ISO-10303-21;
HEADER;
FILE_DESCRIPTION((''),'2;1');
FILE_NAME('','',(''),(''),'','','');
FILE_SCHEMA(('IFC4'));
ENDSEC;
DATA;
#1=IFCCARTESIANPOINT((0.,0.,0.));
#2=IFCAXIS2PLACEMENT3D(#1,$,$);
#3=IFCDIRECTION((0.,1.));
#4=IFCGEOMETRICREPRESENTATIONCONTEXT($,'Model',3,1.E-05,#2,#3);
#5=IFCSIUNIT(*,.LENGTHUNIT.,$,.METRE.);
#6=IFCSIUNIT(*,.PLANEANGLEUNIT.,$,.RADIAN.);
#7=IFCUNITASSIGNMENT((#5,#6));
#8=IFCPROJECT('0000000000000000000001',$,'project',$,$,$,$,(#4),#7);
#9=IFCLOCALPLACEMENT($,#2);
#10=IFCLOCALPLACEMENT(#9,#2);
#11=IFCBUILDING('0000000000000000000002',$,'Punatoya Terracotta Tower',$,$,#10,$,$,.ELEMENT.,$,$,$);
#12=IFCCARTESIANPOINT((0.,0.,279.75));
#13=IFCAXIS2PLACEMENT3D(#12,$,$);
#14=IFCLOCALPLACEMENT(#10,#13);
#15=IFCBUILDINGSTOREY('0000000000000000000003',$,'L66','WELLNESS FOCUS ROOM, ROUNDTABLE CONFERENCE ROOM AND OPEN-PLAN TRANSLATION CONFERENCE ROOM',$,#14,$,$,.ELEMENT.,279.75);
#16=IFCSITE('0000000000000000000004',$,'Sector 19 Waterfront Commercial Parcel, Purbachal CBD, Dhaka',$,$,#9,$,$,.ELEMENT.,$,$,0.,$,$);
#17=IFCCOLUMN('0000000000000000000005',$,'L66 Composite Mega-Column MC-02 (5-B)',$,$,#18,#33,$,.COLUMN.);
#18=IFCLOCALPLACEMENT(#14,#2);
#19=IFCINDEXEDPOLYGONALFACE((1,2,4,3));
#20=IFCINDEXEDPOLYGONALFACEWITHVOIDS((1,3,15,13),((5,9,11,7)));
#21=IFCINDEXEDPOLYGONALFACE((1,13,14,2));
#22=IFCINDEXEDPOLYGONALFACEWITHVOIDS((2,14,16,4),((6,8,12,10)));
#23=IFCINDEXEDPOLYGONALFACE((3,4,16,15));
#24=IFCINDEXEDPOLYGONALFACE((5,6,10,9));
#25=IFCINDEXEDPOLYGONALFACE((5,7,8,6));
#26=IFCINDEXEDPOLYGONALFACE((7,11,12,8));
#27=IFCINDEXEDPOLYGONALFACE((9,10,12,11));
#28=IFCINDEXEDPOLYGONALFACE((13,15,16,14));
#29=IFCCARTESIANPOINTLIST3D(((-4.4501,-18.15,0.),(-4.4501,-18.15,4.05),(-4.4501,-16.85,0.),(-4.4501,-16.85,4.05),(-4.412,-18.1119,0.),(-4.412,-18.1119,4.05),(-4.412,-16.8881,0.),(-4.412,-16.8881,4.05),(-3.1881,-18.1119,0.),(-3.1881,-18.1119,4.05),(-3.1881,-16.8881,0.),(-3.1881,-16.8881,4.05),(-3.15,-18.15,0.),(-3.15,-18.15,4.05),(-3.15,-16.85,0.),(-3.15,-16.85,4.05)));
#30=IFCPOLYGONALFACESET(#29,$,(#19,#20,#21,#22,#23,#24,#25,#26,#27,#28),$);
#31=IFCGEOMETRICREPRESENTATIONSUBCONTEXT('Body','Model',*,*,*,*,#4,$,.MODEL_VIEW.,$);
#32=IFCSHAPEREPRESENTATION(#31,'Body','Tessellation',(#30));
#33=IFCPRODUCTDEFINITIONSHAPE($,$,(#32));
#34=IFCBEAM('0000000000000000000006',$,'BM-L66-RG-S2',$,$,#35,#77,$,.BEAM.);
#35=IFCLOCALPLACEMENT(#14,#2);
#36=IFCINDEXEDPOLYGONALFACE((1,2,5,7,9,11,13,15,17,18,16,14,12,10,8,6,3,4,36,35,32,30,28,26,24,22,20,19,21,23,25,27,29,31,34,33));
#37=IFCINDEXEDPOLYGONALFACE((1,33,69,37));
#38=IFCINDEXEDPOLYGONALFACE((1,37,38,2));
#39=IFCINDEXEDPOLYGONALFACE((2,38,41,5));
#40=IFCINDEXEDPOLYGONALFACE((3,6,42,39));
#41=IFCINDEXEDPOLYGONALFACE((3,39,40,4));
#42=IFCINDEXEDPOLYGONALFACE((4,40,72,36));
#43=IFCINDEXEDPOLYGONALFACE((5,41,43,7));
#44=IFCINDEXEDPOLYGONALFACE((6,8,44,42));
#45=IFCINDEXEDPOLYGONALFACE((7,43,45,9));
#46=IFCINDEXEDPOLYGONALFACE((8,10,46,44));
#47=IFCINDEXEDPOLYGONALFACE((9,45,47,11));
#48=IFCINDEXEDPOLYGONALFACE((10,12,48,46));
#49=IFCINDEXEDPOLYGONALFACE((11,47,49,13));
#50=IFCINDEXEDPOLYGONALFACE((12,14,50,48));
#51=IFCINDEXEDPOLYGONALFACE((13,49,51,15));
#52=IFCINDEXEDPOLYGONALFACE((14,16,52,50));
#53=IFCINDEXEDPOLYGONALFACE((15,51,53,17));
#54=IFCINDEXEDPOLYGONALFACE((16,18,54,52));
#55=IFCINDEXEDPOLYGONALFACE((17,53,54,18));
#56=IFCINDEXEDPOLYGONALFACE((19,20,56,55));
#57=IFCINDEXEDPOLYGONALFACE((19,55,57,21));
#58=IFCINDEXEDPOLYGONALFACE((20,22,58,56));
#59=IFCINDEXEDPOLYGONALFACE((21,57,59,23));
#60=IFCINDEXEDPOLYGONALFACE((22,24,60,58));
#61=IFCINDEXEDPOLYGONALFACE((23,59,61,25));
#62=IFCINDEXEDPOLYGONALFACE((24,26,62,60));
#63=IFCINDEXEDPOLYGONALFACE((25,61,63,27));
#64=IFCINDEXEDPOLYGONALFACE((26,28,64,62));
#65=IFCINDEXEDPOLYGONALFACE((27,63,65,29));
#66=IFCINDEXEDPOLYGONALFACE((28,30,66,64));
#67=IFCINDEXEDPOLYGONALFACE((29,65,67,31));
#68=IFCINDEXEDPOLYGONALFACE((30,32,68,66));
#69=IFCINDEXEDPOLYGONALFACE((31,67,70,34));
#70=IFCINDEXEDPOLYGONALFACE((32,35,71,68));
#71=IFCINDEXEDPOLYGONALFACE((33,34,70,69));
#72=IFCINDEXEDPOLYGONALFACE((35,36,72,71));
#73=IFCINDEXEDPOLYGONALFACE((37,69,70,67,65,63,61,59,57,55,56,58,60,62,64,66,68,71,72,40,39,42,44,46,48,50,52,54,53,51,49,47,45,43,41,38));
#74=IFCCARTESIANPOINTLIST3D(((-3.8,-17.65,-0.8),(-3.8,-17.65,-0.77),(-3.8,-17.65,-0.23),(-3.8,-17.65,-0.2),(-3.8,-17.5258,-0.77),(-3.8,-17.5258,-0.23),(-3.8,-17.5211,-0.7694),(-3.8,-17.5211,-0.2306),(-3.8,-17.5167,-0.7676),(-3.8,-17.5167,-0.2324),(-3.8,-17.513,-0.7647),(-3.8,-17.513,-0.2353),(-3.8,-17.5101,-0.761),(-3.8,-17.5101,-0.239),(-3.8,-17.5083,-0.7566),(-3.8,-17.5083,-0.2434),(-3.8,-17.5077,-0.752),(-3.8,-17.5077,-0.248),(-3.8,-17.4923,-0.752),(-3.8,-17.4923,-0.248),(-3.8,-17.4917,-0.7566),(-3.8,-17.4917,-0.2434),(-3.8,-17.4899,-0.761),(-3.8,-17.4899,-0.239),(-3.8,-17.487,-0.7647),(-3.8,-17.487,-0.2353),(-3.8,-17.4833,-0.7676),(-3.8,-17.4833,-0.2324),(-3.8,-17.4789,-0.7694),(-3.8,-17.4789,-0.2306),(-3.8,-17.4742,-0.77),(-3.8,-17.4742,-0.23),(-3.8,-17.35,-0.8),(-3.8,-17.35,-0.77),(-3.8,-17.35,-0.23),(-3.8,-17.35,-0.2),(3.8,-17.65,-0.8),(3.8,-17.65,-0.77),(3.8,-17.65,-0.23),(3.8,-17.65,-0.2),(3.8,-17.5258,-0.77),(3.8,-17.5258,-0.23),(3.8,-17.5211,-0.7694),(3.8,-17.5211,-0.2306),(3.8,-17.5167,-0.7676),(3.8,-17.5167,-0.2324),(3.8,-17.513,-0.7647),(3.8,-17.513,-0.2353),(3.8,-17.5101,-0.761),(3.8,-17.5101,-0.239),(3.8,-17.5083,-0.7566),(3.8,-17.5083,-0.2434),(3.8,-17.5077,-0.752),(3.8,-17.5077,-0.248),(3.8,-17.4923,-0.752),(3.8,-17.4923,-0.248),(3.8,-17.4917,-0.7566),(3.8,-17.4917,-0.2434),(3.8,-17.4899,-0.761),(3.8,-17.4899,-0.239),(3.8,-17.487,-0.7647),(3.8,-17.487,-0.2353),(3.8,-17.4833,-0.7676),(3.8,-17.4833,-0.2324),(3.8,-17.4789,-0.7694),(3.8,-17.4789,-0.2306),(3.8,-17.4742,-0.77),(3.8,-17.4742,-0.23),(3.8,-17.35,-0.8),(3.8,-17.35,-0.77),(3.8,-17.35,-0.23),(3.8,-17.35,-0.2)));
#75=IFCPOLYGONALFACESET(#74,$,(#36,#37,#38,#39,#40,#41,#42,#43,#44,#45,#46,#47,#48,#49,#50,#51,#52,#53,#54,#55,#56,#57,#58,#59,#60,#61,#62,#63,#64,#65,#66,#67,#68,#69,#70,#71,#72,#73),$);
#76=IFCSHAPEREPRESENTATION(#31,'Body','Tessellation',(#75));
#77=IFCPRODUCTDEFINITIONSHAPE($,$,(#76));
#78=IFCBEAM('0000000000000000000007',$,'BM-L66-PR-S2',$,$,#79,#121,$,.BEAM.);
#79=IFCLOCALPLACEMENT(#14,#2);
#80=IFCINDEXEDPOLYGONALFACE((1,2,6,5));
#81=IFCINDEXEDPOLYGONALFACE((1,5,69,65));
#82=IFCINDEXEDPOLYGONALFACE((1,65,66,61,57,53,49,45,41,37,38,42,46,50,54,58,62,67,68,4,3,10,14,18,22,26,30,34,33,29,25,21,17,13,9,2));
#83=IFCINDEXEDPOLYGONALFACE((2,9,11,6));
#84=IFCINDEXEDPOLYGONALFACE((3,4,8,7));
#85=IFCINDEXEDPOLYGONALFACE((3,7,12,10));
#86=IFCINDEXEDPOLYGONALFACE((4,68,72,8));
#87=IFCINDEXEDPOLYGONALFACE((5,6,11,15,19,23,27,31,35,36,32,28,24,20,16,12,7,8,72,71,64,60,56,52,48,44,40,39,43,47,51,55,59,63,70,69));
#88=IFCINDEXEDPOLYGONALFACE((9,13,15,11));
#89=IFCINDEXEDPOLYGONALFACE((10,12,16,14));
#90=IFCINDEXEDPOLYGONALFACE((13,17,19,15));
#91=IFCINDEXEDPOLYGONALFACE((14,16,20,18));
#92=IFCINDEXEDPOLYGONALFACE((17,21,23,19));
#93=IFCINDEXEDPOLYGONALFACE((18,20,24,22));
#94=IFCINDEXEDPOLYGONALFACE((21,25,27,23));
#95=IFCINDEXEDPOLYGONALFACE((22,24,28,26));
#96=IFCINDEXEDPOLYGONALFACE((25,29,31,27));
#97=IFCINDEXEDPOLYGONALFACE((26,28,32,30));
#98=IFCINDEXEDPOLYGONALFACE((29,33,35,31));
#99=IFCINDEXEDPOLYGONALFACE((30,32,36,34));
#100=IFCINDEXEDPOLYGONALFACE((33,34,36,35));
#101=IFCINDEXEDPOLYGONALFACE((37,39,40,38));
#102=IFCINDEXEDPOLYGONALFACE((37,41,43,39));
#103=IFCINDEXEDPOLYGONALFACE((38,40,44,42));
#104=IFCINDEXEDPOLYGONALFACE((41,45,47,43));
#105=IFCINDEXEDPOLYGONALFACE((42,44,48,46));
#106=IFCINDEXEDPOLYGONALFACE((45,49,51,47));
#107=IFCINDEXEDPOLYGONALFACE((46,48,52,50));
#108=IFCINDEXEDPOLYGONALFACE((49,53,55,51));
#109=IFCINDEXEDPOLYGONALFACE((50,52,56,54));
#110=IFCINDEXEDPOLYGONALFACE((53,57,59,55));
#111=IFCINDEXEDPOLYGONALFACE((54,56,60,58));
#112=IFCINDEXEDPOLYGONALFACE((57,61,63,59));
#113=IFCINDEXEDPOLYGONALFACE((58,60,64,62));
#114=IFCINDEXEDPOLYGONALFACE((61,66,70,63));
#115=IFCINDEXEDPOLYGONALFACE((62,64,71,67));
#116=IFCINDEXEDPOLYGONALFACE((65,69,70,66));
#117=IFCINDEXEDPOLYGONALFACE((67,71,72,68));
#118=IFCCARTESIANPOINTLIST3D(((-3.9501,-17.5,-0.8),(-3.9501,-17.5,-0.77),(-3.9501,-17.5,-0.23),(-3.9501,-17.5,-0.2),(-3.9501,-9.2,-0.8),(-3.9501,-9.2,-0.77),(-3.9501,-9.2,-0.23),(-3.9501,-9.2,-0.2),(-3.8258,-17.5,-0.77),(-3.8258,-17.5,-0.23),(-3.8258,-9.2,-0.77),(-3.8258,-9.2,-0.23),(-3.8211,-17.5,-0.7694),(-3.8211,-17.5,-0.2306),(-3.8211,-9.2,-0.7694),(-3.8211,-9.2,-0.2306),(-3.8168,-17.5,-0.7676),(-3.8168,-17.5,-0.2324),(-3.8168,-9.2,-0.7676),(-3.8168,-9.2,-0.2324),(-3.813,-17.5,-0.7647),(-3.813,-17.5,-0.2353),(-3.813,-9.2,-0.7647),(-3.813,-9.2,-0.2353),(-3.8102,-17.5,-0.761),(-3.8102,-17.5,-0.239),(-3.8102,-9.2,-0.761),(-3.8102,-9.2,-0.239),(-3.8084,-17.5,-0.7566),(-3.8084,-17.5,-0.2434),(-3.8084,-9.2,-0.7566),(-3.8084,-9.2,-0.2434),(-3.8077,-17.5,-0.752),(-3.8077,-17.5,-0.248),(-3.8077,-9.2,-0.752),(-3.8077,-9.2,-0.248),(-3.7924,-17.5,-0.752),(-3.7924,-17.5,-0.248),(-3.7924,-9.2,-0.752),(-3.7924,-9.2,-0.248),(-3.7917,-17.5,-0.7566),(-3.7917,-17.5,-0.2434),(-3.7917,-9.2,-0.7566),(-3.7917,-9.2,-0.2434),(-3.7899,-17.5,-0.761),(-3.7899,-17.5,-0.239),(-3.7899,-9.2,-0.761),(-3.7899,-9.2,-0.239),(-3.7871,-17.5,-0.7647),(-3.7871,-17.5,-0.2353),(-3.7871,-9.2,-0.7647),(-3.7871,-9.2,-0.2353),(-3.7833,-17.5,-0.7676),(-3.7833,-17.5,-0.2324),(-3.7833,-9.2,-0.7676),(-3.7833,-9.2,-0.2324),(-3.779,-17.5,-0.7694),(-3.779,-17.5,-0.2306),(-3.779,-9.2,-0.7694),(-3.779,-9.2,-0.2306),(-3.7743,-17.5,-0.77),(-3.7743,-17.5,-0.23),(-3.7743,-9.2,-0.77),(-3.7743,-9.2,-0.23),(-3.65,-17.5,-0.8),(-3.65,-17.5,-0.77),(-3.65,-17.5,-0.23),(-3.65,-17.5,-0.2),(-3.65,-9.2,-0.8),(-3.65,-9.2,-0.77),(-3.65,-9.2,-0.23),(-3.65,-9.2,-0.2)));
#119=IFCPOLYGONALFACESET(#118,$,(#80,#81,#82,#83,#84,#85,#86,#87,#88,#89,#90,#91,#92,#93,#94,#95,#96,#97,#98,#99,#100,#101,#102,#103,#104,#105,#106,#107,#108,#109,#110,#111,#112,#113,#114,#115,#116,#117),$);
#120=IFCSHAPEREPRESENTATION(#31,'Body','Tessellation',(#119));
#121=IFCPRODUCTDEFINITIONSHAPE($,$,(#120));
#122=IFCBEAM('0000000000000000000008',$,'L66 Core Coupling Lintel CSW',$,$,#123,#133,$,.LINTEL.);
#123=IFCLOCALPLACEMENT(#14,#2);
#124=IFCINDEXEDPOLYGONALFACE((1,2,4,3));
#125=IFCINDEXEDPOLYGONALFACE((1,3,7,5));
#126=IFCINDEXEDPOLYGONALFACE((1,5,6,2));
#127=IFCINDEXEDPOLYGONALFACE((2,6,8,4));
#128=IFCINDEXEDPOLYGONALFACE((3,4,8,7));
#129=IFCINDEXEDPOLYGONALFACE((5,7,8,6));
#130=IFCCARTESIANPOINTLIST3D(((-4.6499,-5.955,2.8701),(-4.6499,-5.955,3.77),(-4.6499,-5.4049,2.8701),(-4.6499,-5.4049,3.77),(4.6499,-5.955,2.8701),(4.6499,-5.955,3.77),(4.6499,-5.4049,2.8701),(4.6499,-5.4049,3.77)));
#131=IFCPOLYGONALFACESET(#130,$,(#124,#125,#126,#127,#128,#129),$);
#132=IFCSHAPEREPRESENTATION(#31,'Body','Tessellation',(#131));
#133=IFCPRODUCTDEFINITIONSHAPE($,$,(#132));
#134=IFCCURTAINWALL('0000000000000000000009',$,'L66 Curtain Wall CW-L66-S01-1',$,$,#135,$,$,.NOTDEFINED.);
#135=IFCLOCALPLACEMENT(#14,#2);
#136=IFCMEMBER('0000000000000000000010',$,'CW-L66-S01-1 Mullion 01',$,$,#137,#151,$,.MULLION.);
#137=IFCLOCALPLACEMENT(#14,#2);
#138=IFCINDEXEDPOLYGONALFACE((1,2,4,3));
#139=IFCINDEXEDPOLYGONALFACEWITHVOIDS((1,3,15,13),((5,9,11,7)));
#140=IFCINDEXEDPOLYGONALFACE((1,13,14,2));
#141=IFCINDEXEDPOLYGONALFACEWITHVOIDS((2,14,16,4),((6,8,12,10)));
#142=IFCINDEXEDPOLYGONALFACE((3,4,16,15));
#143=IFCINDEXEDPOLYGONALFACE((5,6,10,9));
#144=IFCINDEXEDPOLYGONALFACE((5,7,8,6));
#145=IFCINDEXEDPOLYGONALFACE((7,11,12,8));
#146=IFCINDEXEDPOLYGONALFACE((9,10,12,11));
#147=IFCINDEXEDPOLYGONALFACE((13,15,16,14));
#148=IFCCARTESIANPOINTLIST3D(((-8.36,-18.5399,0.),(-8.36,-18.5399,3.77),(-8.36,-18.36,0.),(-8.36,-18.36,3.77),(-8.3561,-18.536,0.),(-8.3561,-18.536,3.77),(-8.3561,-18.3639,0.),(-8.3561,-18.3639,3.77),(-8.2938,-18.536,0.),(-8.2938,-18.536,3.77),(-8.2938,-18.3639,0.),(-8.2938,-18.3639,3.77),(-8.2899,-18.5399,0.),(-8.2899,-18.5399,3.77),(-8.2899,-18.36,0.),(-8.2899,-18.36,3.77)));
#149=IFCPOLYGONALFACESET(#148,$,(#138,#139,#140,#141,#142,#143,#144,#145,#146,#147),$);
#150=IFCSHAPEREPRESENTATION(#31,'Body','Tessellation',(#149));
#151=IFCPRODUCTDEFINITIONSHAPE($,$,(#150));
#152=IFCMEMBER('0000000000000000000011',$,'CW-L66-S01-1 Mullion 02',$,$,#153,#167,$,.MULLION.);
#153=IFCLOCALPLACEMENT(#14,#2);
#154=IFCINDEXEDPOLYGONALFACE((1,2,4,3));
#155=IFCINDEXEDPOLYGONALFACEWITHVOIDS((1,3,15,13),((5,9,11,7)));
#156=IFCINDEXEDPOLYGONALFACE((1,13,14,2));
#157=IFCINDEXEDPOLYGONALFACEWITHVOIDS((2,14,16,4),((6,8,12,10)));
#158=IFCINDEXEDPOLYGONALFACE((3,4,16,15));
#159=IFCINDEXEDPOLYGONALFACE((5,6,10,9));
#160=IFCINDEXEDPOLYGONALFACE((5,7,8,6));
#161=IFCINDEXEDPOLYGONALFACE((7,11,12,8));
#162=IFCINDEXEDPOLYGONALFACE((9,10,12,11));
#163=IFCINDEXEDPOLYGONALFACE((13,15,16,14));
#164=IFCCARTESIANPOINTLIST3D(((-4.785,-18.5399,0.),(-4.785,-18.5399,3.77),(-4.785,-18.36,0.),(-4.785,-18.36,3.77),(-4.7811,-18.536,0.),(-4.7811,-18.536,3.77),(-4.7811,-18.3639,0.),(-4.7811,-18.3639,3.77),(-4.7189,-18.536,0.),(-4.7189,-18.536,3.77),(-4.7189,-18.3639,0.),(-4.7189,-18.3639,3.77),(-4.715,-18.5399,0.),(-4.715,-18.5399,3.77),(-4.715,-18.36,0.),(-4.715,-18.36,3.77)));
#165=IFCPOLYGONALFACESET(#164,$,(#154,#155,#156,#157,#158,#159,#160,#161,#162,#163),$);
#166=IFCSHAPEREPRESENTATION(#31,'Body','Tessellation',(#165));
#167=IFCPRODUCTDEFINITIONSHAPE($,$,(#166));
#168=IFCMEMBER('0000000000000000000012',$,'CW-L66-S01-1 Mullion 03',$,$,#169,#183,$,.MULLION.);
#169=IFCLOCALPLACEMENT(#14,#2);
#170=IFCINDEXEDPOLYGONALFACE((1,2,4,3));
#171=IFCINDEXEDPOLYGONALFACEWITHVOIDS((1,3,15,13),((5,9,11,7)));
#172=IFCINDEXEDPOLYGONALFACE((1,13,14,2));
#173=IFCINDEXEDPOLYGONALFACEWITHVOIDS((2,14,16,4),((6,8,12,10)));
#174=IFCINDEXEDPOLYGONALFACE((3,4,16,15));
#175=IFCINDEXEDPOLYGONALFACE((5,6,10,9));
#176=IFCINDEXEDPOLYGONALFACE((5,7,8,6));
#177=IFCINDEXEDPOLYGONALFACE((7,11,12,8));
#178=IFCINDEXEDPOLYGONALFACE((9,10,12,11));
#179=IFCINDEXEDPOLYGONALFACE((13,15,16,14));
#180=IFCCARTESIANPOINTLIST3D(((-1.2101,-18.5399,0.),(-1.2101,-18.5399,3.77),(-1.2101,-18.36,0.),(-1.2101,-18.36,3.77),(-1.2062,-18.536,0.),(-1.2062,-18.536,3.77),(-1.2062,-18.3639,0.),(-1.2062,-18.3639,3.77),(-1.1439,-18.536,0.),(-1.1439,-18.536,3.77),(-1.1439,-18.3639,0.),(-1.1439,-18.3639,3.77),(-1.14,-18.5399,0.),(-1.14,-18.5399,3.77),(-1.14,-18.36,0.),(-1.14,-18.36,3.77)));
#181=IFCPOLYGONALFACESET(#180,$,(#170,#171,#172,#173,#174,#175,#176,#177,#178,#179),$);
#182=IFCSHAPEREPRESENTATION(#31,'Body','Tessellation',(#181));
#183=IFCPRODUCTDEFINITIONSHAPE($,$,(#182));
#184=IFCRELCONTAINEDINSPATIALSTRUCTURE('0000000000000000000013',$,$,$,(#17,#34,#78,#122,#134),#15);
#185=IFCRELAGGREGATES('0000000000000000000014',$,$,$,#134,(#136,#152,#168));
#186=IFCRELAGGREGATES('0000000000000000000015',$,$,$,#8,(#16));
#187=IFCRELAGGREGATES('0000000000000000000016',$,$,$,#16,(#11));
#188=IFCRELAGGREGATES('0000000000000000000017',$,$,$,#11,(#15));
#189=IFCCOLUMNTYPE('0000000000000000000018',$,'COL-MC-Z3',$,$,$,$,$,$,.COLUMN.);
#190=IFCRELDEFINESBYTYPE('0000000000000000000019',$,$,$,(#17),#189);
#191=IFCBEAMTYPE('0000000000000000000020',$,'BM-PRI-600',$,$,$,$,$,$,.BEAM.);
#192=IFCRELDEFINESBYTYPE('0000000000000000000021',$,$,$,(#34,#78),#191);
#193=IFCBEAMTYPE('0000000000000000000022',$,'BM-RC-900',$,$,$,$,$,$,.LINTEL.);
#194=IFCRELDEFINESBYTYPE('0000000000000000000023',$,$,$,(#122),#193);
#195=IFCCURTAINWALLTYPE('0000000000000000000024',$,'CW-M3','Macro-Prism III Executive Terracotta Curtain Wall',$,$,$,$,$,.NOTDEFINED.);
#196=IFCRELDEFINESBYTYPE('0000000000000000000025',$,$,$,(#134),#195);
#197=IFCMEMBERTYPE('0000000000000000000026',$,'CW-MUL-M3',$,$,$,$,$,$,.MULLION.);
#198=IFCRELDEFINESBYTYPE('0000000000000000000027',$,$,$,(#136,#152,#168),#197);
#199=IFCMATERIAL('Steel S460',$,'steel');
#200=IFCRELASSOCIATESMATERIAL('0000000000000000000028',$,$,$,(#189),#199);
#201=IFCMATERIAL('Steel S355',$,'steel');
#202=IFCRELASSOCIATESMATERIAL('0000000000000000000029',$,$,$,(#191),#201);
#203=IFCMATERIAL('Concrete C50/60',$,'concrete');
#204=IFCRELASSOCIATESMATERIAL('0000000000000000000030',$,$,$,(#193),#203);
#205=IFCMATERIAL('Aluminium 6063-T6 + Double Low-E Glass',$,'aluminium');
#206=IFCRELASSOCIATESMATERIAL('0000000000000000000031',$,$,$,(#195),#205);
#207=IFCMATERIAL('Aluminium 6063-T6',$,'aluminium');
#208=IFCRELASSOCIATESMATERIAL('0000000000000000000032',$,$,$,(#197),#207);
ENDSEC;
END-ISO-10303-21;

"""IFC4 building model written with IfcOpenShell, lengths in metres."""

from ifc_helpers import new_model, si_unit, direction, frame, origin, origin_2d, place, context, subcontext, project, spatial, rectangle, hollow_rectangle, i_section, extrude, material, material_profile, profile_set, type_object, element, aggregate, save


model = new_model("IFC4")

# Units and contexts
model_context = context("Model", 3, precision=1e-05, world=origin(), true_north=direction((0.0, 1.0)))
body_context = subcontext(model_context, "Body", "Model", "MODEL_VIEW")
ifc_project = project(units=[si_unit("LENGTHUNIT", "METRE"), si_unit("PLANEANGLEUNIT", "RADIAN")], contexts=[model_context])

# Site, building, storey
site_placement = place(None, origin())
site = spatial("IfcSite", under=ifc_project, at=site_placement, Name="Sector 19 Waterfront Commercial Parcel, Purbachal CBD, Dhaka", CompositionType="ELEMENT", RefElevation=0.0)
building_placement = place(site_placement, origin())
building = spatial("IfcBuilding", under=site, at=building_placement, Name="Punatoya Terracotta Tower", CompositionType="ELEMENT")
storey_placement = place(building_placement, frame((0.0, 0.0, 279.75)))
storey = spatial("IfcBuildingStorey", under=building, at=storey_placement, Name="L66", Description="WELLNESS FOCUS ROOM, ROUNDTABLE CONFERENCE ROOM AND OPEN-PLAN TRANSLATION CONFERENCE ROOM", CompositionType="ELEMENT", Elevation=279.75)

# Column
ifc_material_1 = material(Name="Steel S460", Category="steel")
ifc_material_profile_1 = material_profile(ifc_material_1, hollow_rectangle(XDim=1.3, YDim=1.3, WallThickness=0.0381, at=origin_2d()))
ifc_profile_set_1 = profile_set([ifc_material_profile_1], Name="Steel S460")
column_type = type_object("IfcColumnType", Name="COL-MC-Z3", PredefinedType="COLUMN", material=ifc_profile_set_1)
column_placement = place(storey_placement, frame((-3.8, -17.5, 0.0), z_axis=(0.0, 0.0, 1.0), x_axis=(1.0, 0.0, 0.0)))
element("IfcColumn", 1, at=column_placement, inside=storey, type_object=column_type, Name="L66 Composite Mega-Column MC-02 (5-B)", PredefinedType="COLUMN", context=body_context, shape_type="SweptSolid", body=[
    extrude(hollow_rectangle(XDim=1.3, YDim=1.3, WallThickness=0.0381, at=origin_2d()), origin(), (0.0, 0.0, 1.0), 4.05),
])

# Beams
ifc_material_2 = material(Name="Steel S355", Category="steel")
ifc_material_profile_2 = material_profile(ifc_material_2, i_section(OverallWidth=0.3, OverallDepth=0.6001, WebThickness=0.0154, FlangeThickness=0.03, FilletRadius=0.0181, at=origin_2d()))
ifc_profile_set_2 = profile_set([ifc_material_profile_2], Name="Steel S355")
beam_type_1 = type_object("IfcBeamType", Name="BM-PRI-600", PredefinedType="BEAM", material=ifc_profile_set_2)
beam_1_placement = place(storey_placement, frame((-3.8, -17.5, -0.5), z_axis=(1.0, 0.0, 0.0), x_axis=(0.0, 1.0, 0.0)))
element("IfcBeam", 2, at=beam_1_placement, inside=storey, type_object=beam_type_1, Name="BM-L66-RG-S2", PredefinedType="BEAM", context=body_context, shape_type="SweptSolid", body=[
    extrude(i_section(OverallWidth=0.3, OverallDepth=0.6001, WebThickness=0.0154, FlangeThickness=0.03, FilletRadius=0.0181, at=origin_2d()), origin(), (0.0, 0.0, 1.0), 7.6001),
])
beam_2_placement = place(storey_placement, frame((-3.8, -17.5, -0.5), z_axis=(0.0, 1.0, 0.0), x_axis=(-1.0, 0.0, 0.0)))
element("IfcBeam", 3, at=beam_2_placement, inside=storey, type_object=beam_type_1, Name="BM-L66-PR-S2", PredefinedType="BEAM", context=body_context, shape_type="SweptSolid", body=[
    extrude(i_section(OverallWidth=0.3, OverallDepth=0.6001, WebThickness=0.0154, FlangeThickness=0.03, FilletRadius=0.0181, at=origin_2d()), origin(), (0.0, 0.0, 1.0), 8.3),
])
ifc_material_3 = material(Name="Concrete C50/60", Category="concrete")
ifc_material_profile_3 = material_profile(ifc_material_3, rectangle(XDim=0.55, YDim=0.8999, at=origin_2d()))
ifc_profile_set_3 = profile_set([ifc_material_profile_3], Name="Concrete C50/60")
beam_type_2 = type_object("IfcBeamType", Name="BM-RC-900", PredefinedType="LINTEL", material=ifc_profile_set_3)
beam_3_placement = place(storey_placement, frame((-4.6499, -5.6799, 3.3201), z_axis=(1.0, 0.0, 0.0), x_axis=(0.0, 1.0, 0.0)))
element("IfcBeam", 4, at=beam_3_placement, inside=storey, type_object=beam_type_2, Name="L66 Core Coupling Lintel CSW", PredefinedType="LINTEL", context=body_context, shape_type="SweptSolid", body=[
    extrude(rectangle(XDim=0.55, YDim=0.8999, at=origin_2d()), origin(), (0.0, 0.0, 1.0), 9.2998),
])

# Curtain wall, members
ifc_material_4 = material(Name="Aluminium 6063-T6 + Double Low-E Glass", Category="aluminium")
curtain_wall_type = type_object("IfcCurtainWallType", Name="CW-M3", Description="Macro-Prism III Executive Terracotta Curtain Wall", PredefinedType="NOTDEFINED", material=ifc_material_4)
curtain_wall_placement = place(storey_placement, origin())
curtain_wall = element("IfcCurtainWall", 5, at=curtain_wall_placement, inside=storey, type_object=curtain_wall_type, Name="L66 Curtain Wall CW-L66-S01-1", PredefinedType="NOTDEFINED")
ifc_material_5 = material(Name="Aluminium 6063-T6", Category="aluminium")
ifc_material_profile_4 = material_profile(ifc_material_5, hollow_rectangle(XDim=0.0701, YDim=0.1799, WallThickness=0.0039, at=origin_2d()))
ifc_profile_set_4 = profile_set([ifc_material_profile_4], Name="Aluminium 6063-T6")
member_type = type_object("IfcMemberType", Name="CW-MUL-M3", PredefinedType="MULLION", material=ifc_profile_set_4)
member_1_placement = place(storey_placement, frame((-8.325, -18.45, 0.0), z_axis=(0.0, 0.0, 1.0), x_axis=(1.0, 0.0, 0.0)))
member_1 = element("IfcMember", 6, at=member_1_placement, type_object=member_type, Name="CW-L66-S01-1 Mullion 01", PredefinedType="MULLION", context=body_context, shape_type="SweptSolid", body=[
    extrude(hollow_rectangle(XDim=0.0701, YDim=0.1799, WallThickness=0.0039, at=origin_2d()), origin(), (0.0, 0.0, 1.0), 3.77),
])
member_2_placement = place(storey_placement, frame((-4.75, -18.45, 0.0), z_axis=(0.0, 0.0, 1.0), x_axis=(1.0, 0.0, 0.0)))
member_2 = element("IfcMember", 7, at=member_2_placement, type_object=member_type, Name="CW-L66-S01-1 Mullion 02", PredefinedType="MULLION", context=body_context, shape_type="SweptSolid", body=[
    extrude(hollow_rectangle(XDim=0.0701, YDim=0.1799, WallThickness=0.0039, at=origin_2d()), origin(), (0.0, 0.0, 1.0), 3.77),
])
member_3_placement = place(storey_placement, frame((-1.175, -18.45, 0.0), z_axis=(0.0, 0.0, 1.0), x_axis=(1.0, 0.0, 0.0)))
member_3 = element("IfcMember", 8, at=member_3_placement, type_object=member_type, Name="CW-L66-S01-1 Mullion 03", PredefinedType="MULLION", context=body_context, shape_type="SweptSolid", body=[
    extrude(hollow_rectangle(XDim=0.0701, YDim=0.1799, WallThickness=0.0039, at=origin_2d()), origin(), (0.0, 0.0, 1.0), 3.77),
])
aggregate(curtain_wall, [member_1, member_2, member_3])

save(model, "model.ifc")
